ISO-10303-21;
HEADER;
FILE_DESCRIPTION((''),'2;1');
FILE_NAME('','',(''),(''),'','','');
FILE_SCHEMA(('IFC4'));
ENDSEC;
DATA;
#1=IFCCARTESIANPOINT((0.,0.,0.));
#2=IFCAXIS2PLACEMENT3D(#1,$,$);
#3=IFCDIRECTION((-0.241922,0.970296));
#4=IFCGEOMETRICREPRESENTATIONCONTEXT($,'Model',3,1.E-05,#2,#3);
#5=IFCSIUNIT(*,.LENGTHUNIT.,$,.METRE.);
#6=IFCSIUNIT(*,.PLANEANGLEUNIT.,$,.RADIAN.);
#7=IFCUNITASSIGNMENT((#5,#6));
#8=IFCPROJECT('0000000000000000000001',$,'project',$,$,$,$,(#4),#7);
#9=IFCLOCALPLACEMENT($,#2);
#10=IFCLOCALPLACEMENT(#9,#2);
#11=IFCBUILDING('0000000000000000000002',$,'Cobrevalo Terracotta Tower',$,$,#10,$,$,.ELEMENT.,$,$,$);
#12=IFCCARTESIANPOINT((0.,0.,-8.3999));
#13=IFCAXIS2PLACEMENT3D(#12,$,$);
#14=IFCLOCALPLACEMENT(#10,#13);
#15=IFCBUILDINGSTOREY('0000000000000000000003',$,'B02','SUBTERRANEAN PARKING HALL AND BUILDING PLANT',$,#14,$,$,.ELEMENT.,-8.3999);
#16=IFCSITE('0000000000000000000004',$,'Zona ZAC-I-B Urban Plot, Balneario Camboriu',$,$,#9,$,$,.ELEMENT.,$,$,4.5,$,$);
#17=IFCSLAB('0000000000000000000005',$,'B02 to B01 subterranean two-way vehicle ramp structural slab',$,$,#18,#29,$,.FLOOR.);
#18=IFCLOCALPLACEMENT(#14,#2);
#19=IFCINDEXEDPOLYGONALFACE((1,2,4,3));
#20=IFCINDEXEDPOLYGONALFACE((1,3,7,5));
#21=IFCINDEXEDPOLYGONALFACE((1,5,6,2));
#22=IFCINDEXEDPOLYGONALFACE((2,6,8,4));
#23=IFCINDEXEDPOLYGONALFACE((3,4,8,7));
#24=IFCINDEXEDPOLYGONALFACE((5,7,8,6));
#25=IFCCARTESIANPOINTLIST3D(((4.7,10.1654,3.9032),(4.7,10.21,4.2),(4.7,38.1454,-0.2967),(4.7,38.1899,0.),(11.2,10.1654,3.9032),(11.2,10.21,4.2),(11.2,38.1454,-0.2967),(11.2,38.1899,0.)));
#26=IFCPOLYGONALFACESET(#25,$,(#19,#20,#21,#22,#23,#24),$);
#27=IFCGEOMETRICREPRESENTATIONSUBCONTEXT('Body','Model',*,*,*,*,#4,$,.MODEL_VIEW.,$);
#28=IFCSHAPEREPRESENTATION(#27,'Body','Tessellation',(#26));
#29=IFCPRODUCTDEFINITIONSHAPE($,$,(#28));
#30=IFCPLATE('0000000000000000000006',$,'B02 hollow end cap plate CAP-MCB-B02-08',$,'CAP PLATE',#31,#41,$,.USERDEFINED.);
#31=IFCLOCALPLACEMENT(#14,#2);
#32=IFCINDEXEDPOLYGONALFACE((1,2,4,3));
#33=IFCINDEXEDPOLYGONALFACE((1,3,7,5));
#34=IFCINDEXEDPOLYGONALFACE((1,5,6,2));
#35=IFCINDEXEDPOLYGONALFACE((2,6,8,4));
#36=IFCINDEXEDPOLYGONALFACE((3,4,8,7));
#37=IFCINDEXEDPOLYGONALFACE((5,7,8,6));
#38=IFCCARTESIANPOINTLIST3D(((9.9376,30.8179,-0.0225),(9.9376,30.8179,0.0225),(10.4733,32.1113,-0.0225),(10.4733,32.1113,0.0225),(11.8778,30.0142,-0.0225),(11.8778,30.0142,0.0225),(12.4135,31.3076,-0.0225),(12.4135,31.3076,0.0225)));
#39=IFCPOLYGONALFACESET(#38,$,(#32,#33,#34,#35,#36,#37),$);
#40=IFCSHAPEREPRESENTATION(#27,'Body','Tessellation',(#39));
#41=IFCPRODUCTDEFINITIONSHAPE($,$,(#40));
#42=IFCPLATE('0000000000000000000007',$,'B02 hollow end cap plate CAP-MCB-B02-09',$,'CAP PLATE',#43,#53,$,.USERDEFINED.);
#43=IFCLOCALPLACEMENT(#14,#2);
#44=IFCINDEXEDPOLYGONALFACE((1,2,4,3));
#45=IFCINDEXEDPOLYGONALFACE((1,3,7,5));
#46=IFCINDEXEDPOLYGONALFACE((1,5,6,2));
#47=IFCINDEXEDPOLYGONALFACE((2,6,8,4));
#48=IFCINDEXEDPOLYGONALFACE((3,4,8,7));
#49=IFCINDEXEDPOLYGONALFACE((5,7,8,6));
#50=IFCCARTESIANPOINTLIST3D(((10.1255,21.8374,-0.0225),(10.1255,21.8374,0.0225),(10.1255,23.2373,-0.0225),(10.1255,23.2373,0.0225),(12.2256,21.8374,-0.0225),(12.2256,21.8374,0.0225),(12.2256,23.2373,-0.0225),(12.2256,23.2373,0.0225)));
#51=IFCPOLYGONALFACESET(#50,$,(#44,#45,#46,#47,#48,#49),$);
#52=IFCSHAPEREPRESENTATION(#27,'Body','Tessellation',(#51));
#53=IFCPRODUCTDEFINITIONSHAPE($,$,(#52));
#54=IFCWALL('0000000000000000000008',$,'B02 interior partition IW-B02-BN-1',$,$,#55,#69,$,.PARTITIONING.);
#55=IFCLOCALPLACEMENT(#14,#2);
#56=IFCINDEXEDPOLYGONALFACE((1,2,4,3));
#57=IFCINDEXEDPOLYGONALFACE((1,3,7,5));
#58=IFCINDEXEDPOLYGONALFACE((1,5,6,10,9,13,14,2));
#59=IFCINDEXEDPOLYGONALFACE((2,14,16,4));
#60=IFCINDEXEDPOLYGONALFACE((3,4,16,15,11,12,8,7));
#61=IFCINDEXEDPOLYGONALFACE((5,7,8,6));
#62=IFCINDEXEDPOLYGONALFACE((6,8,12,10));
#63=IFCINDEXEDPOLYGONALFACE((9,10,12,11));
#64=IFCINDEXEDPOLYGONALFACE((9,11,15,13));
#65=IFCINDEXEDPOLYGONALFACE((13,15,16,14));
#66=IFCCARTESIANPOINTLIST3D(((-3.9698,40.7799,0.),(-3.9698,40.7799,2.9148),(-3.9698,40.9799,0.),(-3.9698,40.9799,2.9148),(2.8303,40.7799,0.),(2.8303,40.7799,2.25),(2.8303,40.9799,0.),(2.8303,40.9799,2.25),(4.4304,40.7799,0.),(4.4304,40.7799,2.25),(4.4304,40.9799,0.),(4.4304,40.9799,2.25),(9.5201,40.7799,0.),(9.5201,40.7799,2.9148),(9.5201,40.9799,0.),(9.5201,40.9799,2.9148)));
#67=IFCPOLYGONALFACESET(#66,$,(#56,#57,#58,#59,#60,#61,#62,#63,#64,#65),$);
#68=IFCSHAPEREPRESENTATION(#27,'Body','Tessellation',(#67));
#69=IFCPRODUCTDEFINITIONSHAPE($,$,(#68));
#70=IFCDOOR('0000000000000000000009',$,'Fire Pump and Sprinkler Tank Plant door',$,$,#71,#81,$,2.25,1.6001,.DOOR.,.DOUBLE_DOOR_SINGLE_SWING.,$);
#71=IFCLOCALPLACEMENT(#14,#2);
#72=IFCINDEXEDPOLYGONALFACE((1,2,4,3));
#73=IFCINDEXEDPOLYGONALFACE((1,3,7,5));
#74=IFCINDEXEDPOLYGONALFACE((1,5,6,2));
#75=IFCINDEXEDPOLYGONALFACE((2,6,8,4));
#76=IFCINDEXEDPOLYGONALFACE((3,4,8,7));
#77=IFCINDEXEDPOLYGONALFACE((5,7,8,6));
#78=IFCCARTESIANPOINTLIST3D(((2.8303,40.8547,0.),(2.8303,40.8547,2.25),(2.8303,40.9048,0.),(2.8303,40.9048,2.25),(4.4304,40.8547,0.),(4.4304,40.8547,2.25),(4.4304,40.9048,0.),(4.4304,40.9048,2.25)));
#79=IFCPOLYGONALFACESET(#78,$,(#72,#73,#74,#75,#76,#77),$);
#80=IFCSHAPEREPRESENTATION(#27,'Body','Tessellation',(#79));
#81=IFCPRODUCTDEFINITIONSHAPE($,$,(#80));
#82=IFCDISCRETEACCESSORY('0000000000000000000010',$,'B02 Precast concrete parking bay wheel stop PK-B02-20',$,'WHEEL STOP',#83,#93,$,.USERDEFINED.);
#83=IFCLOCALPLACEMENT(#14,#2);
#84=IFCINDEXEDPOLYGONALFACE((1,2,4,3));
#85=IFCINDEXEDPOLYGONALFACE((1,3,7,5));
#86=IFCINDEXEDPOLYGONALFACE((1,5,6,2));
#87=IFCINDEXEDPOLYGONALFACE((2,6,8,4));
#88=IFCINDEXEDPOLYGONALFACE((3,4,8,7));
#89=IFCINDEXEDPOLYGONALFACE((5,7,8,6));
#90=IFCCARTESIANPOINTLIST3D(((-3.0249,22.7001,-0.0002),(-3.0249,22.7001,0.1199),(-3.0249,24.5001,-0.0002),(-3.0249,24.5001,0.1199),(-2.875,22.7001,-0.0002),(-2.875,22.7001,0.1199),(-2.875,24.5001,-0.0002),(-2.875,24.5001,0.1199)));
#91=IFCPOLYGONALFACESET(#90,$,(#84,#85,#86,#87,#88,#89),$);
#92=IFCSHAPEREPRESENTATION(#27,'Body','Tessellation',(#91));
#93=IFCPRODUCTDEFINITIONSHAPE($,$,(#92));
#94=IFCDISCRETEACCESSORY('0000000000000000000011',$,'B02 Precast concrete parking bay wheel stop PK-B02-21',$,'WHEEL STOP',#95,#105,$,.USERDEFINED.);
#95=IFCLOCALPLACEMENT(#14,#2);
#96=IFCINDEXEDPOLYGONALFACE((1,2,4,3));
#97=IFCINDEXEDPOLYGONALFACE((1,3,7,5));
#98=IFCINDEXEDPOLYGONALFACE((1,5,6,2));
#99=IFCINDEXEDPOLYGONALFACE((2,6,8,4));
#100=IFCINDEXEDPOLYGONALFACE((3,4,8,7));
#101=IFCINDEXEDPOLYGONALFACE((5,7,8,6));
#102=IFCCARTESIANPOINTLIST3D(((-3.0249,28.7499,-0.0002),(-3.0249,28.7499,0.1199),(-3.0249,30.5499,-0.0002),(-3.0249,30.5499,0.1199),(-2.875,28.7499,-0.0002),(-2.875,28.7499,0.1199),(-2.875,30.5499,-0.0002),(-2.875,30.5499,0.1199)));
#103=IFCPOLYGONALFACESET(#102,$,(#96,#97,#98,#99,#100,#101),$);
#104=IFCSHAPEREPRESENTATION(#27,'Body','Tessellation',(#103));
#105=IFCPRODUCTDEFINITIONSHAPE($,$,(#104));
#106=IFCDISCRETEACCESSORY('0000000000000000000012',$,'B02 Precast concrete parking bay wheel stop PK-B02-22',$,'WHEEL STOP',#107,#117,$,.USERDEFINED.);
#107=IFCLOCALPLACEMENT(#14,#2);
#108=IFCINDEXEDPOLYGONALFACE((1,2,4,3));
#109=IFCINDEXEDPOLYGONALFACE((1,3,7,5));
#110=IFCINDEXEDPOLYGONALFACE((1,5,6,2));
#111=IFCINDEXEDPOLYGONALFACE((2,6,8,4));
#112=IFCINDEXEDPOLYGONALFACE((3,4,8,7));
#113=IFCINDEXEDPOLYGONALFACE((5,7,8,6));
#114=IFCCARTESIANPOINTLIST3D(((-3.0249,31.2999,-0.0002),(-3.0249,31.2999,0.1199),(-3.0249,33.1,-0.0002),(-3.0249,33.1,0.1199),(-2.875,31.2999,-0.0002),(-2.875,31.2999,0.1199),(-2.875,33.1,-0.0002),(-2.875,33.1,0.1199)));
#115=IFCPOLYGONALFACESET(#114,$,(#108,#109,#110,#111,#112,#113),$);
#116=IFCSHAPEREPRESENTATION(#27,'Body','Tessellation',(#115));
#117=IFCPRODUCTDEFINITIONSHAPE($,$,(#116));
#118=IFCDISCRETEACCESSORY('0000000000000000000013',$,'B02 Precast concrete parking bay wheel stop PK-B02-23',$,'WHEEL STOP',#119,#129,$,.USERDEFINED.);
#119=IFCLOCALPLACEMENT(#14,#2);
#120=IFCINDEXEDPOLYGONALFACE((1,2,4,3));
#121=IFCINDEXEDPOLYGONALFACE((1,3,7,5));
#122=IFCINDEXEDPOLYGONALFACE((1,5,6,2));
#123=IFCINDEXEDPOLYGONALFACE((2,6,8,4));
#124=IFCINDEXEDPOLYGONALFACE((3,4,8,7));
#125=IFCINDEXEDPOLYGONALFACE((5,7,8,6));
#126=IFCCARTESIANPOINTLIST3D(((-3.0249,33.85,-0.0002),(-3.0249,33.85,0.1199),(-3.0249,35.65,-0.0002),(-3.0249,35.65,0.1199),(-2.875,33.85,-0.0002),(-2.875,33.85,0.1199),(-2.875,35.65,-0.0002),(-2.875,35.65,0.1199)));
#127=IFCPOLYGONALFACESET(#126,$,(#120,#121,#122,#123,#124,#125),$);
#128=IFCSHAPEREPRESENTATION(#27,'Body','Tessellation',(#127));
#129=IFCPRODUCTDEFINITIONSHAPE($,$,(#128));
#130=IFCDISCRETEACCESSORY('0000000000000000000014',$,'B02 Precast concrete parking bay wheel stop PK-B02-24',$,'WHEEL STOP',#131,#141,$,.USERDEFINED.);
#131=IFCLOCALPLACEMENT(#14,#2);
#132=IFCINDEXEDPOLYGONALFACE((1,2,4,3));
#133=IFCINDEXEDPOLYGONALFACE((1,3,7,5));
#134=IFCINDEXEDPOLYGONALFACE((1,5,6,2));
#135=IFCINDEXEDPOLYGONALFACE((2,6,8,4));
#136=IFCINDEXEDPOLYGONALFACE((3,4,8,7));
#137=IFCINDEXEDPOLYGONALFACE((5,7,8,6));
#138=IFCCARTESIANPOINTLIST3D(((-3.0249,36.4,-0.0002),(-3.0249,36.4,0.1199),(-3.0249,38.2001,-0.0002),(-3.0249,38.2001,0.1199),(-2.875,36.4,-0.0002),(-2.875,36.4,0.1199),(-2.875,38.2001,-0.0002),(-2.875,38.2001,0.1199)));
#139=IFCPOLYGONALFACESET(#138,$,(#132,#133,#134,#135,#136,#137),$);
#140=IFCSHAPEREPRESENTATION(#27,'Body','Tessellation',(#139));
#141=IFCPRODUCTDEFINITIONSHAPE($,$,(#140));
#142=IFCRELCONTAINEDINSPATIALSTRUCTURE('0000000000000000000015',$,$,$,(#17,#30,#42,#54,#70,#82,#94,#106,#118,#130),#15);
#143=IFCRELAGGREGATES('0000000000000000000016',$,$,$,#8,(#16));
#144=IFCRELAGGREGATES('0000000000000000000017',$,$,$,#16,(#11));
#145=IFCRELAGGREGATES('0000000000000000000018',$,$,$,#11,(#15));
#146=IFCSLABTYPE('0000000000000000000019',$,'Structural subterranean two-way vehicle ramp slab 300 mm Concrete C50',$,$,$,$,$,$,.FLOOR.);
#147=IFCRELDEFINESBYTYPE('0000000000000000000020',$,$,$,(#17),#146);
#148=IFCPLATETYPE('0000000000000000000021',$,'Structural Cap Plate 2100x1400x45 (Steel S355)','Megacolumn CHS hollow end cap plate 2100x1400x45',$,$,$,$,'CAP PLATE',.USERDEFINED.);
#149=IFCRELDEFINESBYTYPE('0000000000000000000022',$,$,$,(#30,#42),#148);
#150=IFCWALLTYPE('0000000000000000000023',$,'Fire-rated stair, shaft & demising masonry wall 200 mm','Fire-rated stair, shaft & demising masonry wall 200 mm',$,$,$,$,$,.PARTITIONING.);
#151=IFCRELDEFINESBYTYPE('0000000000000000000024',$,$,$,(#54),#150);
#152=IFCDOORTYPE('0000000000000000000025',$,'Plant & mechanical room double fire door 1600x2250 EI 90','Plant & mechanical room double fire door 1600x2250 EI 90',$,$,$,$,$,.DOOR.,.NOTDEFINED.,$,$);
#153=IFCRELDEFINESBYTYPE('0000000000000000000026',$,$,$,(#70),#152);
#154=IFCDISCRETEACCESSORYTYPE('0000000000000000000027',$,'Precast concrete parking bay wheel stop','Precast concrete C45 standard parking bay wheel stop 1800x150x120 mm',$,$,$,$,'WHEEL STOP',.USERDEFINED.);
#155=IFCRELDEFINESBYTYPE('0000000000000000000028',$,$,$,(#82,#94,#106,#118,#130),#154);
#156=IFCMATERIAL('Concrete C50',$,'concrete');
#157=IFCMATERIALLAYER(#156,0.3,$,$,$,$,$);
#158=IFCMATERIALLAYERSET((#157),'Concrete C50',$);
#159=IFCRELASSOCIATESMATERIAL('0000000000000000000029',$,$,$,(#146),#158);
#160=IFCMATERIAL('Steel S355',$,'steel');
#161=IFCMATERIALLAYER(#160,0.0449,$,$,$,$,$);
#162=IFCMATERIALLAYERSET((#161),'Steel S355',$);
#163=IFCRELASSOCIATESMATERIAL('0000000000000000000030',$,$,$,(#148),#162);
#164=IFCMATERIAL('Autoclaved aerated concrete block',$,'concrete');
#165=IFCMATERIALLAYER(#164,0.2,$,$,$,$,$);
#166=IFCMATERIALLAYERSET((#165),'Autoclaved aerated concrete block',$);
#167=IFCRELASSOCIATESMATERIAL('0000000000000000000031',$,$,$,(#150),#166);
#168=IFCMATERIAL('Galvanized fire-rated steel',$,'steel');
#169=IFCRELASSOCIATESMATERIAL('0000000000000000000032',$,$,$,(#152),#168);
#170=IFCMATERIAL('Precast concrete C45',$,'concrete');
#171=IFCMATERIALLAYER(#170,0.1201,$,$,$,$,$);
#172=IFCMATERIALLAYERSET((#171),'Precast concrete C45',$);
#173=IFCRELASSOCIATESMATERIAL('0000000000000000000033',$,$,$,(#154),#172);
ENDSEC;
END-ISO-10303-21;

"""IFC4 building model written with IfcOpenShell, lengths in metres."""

from ifc_helpers import new_model, si_unit, direction, frame, frame_2d, origin, origin_2d, place, context, subcontext, project, spatial, polyline, rectangle, outline, extrude, source, transform, mapped, material, layer, layer_set, type_object, element, fill, save


model = new_model("IFC4")

# Units and contexts
model_context = context("Model", 3, precision=1e-05, world=origin(), true_north=direction((-0.241922, 0.970296)))
body_context = subcontext(model_context, "Body", "Model", "MODEL_VIEW")
ifc_project = project(units=[si_unit("LENGTHUNIT", "METRE"), si_unit("PLANEANGLEUNIT", "RADIAN")], contexts=[model_context])

# Site, building, storey
site_placement = place(None, origin())
site = spatial("IfcSite", under=ifc_project, at=site_placement, Name="Zona ZAC-I-B Urban Plot, Balneario Camboriu", CompositionType="ELEMENT", RefElevation=4.5)
building_placement = place(site_placement, origin())
building = spatial("IfcBuilding", under=site, at=building_placement, Name="Cobrevalo Terracotta Tower", CompositionType="ELEMENT")
storey_placement = place(building_placement, frame((0.0, 0.0, -8.3999)))
storey = spatial("IfcBuildingStorey", under=building, at=storey_placement, Name="B02", Description="SUBTERRANEAN PARKING HALL AND BUILDING PLANT", CompositionType="ELEMENT", Elevation=-8.3999)

# Shared definitions
ifc_material_1 = material(Name="Concrete C50", Category="concrete")

# Shared definitions
ifc_material_2 = material(Name="Steel S355", Category="steel")

# Slab
ifc_layer_1 = layer(ifc_material_1, 0.3)
ifc_layer_set_1 = layer_set([ifc_layer_1], Name="Concrete C50")
slab_type = type_object("IfcSlabType", Name="Structural subterranean two-way vehicle ramp slab 300 mm Concrete C50", PredefinedType="FLOOR", material=ifc_layer_set_1)
slab_placement = place(storey_placement, frame((4.7, 38.1899, 0.0), z_axis=(0.0, 0.148443, 0.988921), x_axis=(1.0, 0.0, 0.0)))
element("IfcSlab", 1, at=slab_placement, inside=storey, type_object=slab_type, Name="B02 to B01 subterranean two-way vehicle ramp structural slab", PredefinedType="FLOOR", context=body_context, shape_type="SweptSolid", body=[
    extrude(outline(polyline([(0.0, 0.0), (6.5, 0.0), (6.5, -28.2934), (0.0, -28.2934), (0.0, 0.0)])), origin(), (0.0, 0.0, -1.0), 0.3),
])

# Plates
ifc_layer_2 = layer(ifc_material_2, 0.0449)
ifc_layer_set_2 = layer_set([ifc_layer_2], Name="Steel S355")
plate_type = type_object("IfcPlateType", Name="Structural Cap Plate 2100x1400x45 (Steel S355)", Description="Megacolumn CHS hollow end cap plate 2100x1400x45", ElementType="CAP PLATE", PredefinedType="USERDEFINED", material=ifc_layer_set_2)
shared_shape_1 = source(origin(), body_context, "Body", "SweptSolid", [
    extrude(rectangle(XDim=2.1001, YDim=1.3999, at=origin_2d()), origin(), (0.0, 0.0, 1.0), 0.0449),
])
for number, where, z_axis, x_axis, name in (
    (2, (11.1755, 31.0627, -0.0225), (0.0, 0.0, 1.0), (-0.92388, 0.382683, 0.0), "B02 hollow end cap plate CAP-MCB-B02-08"),
    (3, (11.1755, 22.5374, -0.0225), (0.0, 0.0, 1.0), (-1.0, 0.0, 0.0), "B02 hollow end cap plate CAP-MCB-B02-09"),
):
    element("IfcPlate", number, at=place(storey_placement, frame(where, z_axis=z_axis, x_axis=x_axis)), inside=storey, type_object=plate_type, Name=name, ObjectType="CAP PLATE", PredefinedType="USERDEFINED", context=body_context, shape_type="MappedRepresentation", body=[
        mapped(shared_shape_1, transform((0.0, 0.0, 0.0), scale=1.0)),
    ])

# Wall, opening, door
ifc_material_3 = material(Name="Autoclaved aerated concrete block", Category="concrete")
ifc_layer_3 = layer(ifc_material_3, 0.2)
ifc_layer_set_3 = layer_set([ifc_layer_3], Name="Autoclaved aerated concrete block")
wall_type = type_object("IfcWallType", Name="Fire-rated stair, shaft & demising masonry wall 200 mm", Description="Fire-rated stair, shaft & demising masonry wall 200 mm", PredefinedType="PARTITIONING", material=ifc_layer_set_3)
wall_placement = place(storey_placement, frame((-3.97, 40.8799, 0.0), z_axis=(0.0, 0.0, 1.0), x_axis=(1.0, 0.0, 0.0)))
wall = element("IfcWall", 4, at=wall_placement, inside=storey, type_object=wall_type, Name="B02 interior partition IW-B02-BN-1", PredefinedType="PARTITIONING", context=body_context, shape_type="SweptSolid", body=[
    extrude(rectangle(XDim=13.49, YDim=0.2, at=frame_2d((6.7451, 0.0))), origin(), (0.0, 0.0, 1.0), 2.9148),
])
opening_placement = place(wall_placement, frame((6.8003, 0.0, 0.0)))
opening = element("IfcOpeningElement", 5, at=opening_placement, cuts=wall, PredefinedType="OPENING", context=body_context, shape_type="SweptSolid", body=[
    extrude(rectangle(XDim=1.6001, YDim=2.25, at=frame_2d((0.8, 1.125))), frame((0.0, 0.1099, 0.0), z_axis=(0.0, -1.0, 0.0), x_axis=(1.0, 0.0, 0.0)), (0.0, 0.0, 1.0), 0.22),
])
ifc_material_4 = material(Name="Galvanized fire-rated steel", Category="steel")
door_type = type_object("IfcDoorType", Name="Plant & mechanical room double fire door 1600x2250 EI 90", Description="Plant & mechanical room double fire door 1600x2250 EI 90", OperationType="NOTDEFINED", PredefinedType="DOOR", material=ifc_material_4)
shared_shape_2 = source(origin(), body_context, "Body", "SweptSolid", [
    extrude(rectangle(XDim=1.6001, YDim=2.25, at=frame_2d((0.8, 1.125))), frame((0.0, 0.0249, 0.0), z_axis=(0.0, -1.0, 0.0), x_axis=(1.0, 0.0, 0.0)), (0.0, 0.0, 1.0), 0.05),
])
door_placement = place(opening_placement, origin())
door = element("IfcDoor", 6, at=door_placement, inside=storey, type_object=door_type, Name="Fire Pump and Sprinkler Tank Plant door", OperationType="DOUBLE_DOOR_SINGLE_SWING", OverallHeight=2.25, OverallWidth=1.6001, PredefinedType="DOOR", context=body_context, shape_type="MappedRepresentation", body=[
    mapped(shared_shape_2, transform((0.0, 0.0, 0.0), scale=1.0)),
])
fill(opening, door)

# Discrete accessories
ifc_material_5 = material(Name="Precast concrete C45", Category="concrete")
ifc_layer_4 = layer(ifc_material_5, 0.1201)
ifc_layer_set_4 = layer_set([ifc_layer_4], Name="Precast concrete C45")
discrete_accessory_type = type_object("IfcDiscreteAccessoryType", Name="Precast concrete parking bay wheel stop", Description="Precast concrete C45 standard parking bay wheel stop 1800x150x120 mm", ElementType="WHEEL STOP", PredefinedType="USERDEFINED", material=ifc_layer_set_4)
shared_shape_3 = source(origin(), body_context, "Body", "SweptSolid", [
    extrude(rectangle(XDim=1.8, YDim=0.1499, at=origin_2d()), origin(), (0.0, 0.0, 1.0), 0.1201),
])
for number, where, z_axis, x_axis, name in (
    (7, (-2.95, 23.6001, -0.0002), (0.0, 0.0, 1.0), (0.0, 1.0, 0.0), "B02 Precast concrete parking bay wheel stop PK-B02-20"),
    (8, (-2.95, 29.6499, -0.0002), (0.0, 0.0, 1.0), (0.0, 1.0, 0.0), "B02 Precast concrete parking bay wheel stop PK-B02-21"),
    (9, (-2.95, 32.2, -0.0002), (0.0, 0.0, 1.0), (0.0, 1.0, 0.0), "B02 Precast concrete parking bay wheel stop PK-B02-22"),
    (10, (-2.95, 34.75, -0.0002), (0.0, 0.0, 1.0), (0.0, 1.0, 0.0), "B02 Precast concrete parking bay wheel stop PK-B02-23"),
    (11, (-2.95, 37.3, -0.0002), (0.0, 0.0, 1.0), (0.0, 1.0, 0.0), "B02 Precast concrete parking bay wheel stop PK-B02-24"),
):
    element("IfcDiscreteAccessory", number, at=place(storey_placement, frame(where, z_axis=z_axis, x_axis=x_axis)), inside=storey, type_object=discrete_accessory_type, Name=name, ObjectType="WHEEL STOP", PredefinedType="USERDEFINED", context=body_context, shape_type="MappedRepresentation", body=[
        mapped(shared_shape_3, transform((0.0, 0.0, 0.0), scale=1.0)),
    ])

save(model, "model.ifc")
